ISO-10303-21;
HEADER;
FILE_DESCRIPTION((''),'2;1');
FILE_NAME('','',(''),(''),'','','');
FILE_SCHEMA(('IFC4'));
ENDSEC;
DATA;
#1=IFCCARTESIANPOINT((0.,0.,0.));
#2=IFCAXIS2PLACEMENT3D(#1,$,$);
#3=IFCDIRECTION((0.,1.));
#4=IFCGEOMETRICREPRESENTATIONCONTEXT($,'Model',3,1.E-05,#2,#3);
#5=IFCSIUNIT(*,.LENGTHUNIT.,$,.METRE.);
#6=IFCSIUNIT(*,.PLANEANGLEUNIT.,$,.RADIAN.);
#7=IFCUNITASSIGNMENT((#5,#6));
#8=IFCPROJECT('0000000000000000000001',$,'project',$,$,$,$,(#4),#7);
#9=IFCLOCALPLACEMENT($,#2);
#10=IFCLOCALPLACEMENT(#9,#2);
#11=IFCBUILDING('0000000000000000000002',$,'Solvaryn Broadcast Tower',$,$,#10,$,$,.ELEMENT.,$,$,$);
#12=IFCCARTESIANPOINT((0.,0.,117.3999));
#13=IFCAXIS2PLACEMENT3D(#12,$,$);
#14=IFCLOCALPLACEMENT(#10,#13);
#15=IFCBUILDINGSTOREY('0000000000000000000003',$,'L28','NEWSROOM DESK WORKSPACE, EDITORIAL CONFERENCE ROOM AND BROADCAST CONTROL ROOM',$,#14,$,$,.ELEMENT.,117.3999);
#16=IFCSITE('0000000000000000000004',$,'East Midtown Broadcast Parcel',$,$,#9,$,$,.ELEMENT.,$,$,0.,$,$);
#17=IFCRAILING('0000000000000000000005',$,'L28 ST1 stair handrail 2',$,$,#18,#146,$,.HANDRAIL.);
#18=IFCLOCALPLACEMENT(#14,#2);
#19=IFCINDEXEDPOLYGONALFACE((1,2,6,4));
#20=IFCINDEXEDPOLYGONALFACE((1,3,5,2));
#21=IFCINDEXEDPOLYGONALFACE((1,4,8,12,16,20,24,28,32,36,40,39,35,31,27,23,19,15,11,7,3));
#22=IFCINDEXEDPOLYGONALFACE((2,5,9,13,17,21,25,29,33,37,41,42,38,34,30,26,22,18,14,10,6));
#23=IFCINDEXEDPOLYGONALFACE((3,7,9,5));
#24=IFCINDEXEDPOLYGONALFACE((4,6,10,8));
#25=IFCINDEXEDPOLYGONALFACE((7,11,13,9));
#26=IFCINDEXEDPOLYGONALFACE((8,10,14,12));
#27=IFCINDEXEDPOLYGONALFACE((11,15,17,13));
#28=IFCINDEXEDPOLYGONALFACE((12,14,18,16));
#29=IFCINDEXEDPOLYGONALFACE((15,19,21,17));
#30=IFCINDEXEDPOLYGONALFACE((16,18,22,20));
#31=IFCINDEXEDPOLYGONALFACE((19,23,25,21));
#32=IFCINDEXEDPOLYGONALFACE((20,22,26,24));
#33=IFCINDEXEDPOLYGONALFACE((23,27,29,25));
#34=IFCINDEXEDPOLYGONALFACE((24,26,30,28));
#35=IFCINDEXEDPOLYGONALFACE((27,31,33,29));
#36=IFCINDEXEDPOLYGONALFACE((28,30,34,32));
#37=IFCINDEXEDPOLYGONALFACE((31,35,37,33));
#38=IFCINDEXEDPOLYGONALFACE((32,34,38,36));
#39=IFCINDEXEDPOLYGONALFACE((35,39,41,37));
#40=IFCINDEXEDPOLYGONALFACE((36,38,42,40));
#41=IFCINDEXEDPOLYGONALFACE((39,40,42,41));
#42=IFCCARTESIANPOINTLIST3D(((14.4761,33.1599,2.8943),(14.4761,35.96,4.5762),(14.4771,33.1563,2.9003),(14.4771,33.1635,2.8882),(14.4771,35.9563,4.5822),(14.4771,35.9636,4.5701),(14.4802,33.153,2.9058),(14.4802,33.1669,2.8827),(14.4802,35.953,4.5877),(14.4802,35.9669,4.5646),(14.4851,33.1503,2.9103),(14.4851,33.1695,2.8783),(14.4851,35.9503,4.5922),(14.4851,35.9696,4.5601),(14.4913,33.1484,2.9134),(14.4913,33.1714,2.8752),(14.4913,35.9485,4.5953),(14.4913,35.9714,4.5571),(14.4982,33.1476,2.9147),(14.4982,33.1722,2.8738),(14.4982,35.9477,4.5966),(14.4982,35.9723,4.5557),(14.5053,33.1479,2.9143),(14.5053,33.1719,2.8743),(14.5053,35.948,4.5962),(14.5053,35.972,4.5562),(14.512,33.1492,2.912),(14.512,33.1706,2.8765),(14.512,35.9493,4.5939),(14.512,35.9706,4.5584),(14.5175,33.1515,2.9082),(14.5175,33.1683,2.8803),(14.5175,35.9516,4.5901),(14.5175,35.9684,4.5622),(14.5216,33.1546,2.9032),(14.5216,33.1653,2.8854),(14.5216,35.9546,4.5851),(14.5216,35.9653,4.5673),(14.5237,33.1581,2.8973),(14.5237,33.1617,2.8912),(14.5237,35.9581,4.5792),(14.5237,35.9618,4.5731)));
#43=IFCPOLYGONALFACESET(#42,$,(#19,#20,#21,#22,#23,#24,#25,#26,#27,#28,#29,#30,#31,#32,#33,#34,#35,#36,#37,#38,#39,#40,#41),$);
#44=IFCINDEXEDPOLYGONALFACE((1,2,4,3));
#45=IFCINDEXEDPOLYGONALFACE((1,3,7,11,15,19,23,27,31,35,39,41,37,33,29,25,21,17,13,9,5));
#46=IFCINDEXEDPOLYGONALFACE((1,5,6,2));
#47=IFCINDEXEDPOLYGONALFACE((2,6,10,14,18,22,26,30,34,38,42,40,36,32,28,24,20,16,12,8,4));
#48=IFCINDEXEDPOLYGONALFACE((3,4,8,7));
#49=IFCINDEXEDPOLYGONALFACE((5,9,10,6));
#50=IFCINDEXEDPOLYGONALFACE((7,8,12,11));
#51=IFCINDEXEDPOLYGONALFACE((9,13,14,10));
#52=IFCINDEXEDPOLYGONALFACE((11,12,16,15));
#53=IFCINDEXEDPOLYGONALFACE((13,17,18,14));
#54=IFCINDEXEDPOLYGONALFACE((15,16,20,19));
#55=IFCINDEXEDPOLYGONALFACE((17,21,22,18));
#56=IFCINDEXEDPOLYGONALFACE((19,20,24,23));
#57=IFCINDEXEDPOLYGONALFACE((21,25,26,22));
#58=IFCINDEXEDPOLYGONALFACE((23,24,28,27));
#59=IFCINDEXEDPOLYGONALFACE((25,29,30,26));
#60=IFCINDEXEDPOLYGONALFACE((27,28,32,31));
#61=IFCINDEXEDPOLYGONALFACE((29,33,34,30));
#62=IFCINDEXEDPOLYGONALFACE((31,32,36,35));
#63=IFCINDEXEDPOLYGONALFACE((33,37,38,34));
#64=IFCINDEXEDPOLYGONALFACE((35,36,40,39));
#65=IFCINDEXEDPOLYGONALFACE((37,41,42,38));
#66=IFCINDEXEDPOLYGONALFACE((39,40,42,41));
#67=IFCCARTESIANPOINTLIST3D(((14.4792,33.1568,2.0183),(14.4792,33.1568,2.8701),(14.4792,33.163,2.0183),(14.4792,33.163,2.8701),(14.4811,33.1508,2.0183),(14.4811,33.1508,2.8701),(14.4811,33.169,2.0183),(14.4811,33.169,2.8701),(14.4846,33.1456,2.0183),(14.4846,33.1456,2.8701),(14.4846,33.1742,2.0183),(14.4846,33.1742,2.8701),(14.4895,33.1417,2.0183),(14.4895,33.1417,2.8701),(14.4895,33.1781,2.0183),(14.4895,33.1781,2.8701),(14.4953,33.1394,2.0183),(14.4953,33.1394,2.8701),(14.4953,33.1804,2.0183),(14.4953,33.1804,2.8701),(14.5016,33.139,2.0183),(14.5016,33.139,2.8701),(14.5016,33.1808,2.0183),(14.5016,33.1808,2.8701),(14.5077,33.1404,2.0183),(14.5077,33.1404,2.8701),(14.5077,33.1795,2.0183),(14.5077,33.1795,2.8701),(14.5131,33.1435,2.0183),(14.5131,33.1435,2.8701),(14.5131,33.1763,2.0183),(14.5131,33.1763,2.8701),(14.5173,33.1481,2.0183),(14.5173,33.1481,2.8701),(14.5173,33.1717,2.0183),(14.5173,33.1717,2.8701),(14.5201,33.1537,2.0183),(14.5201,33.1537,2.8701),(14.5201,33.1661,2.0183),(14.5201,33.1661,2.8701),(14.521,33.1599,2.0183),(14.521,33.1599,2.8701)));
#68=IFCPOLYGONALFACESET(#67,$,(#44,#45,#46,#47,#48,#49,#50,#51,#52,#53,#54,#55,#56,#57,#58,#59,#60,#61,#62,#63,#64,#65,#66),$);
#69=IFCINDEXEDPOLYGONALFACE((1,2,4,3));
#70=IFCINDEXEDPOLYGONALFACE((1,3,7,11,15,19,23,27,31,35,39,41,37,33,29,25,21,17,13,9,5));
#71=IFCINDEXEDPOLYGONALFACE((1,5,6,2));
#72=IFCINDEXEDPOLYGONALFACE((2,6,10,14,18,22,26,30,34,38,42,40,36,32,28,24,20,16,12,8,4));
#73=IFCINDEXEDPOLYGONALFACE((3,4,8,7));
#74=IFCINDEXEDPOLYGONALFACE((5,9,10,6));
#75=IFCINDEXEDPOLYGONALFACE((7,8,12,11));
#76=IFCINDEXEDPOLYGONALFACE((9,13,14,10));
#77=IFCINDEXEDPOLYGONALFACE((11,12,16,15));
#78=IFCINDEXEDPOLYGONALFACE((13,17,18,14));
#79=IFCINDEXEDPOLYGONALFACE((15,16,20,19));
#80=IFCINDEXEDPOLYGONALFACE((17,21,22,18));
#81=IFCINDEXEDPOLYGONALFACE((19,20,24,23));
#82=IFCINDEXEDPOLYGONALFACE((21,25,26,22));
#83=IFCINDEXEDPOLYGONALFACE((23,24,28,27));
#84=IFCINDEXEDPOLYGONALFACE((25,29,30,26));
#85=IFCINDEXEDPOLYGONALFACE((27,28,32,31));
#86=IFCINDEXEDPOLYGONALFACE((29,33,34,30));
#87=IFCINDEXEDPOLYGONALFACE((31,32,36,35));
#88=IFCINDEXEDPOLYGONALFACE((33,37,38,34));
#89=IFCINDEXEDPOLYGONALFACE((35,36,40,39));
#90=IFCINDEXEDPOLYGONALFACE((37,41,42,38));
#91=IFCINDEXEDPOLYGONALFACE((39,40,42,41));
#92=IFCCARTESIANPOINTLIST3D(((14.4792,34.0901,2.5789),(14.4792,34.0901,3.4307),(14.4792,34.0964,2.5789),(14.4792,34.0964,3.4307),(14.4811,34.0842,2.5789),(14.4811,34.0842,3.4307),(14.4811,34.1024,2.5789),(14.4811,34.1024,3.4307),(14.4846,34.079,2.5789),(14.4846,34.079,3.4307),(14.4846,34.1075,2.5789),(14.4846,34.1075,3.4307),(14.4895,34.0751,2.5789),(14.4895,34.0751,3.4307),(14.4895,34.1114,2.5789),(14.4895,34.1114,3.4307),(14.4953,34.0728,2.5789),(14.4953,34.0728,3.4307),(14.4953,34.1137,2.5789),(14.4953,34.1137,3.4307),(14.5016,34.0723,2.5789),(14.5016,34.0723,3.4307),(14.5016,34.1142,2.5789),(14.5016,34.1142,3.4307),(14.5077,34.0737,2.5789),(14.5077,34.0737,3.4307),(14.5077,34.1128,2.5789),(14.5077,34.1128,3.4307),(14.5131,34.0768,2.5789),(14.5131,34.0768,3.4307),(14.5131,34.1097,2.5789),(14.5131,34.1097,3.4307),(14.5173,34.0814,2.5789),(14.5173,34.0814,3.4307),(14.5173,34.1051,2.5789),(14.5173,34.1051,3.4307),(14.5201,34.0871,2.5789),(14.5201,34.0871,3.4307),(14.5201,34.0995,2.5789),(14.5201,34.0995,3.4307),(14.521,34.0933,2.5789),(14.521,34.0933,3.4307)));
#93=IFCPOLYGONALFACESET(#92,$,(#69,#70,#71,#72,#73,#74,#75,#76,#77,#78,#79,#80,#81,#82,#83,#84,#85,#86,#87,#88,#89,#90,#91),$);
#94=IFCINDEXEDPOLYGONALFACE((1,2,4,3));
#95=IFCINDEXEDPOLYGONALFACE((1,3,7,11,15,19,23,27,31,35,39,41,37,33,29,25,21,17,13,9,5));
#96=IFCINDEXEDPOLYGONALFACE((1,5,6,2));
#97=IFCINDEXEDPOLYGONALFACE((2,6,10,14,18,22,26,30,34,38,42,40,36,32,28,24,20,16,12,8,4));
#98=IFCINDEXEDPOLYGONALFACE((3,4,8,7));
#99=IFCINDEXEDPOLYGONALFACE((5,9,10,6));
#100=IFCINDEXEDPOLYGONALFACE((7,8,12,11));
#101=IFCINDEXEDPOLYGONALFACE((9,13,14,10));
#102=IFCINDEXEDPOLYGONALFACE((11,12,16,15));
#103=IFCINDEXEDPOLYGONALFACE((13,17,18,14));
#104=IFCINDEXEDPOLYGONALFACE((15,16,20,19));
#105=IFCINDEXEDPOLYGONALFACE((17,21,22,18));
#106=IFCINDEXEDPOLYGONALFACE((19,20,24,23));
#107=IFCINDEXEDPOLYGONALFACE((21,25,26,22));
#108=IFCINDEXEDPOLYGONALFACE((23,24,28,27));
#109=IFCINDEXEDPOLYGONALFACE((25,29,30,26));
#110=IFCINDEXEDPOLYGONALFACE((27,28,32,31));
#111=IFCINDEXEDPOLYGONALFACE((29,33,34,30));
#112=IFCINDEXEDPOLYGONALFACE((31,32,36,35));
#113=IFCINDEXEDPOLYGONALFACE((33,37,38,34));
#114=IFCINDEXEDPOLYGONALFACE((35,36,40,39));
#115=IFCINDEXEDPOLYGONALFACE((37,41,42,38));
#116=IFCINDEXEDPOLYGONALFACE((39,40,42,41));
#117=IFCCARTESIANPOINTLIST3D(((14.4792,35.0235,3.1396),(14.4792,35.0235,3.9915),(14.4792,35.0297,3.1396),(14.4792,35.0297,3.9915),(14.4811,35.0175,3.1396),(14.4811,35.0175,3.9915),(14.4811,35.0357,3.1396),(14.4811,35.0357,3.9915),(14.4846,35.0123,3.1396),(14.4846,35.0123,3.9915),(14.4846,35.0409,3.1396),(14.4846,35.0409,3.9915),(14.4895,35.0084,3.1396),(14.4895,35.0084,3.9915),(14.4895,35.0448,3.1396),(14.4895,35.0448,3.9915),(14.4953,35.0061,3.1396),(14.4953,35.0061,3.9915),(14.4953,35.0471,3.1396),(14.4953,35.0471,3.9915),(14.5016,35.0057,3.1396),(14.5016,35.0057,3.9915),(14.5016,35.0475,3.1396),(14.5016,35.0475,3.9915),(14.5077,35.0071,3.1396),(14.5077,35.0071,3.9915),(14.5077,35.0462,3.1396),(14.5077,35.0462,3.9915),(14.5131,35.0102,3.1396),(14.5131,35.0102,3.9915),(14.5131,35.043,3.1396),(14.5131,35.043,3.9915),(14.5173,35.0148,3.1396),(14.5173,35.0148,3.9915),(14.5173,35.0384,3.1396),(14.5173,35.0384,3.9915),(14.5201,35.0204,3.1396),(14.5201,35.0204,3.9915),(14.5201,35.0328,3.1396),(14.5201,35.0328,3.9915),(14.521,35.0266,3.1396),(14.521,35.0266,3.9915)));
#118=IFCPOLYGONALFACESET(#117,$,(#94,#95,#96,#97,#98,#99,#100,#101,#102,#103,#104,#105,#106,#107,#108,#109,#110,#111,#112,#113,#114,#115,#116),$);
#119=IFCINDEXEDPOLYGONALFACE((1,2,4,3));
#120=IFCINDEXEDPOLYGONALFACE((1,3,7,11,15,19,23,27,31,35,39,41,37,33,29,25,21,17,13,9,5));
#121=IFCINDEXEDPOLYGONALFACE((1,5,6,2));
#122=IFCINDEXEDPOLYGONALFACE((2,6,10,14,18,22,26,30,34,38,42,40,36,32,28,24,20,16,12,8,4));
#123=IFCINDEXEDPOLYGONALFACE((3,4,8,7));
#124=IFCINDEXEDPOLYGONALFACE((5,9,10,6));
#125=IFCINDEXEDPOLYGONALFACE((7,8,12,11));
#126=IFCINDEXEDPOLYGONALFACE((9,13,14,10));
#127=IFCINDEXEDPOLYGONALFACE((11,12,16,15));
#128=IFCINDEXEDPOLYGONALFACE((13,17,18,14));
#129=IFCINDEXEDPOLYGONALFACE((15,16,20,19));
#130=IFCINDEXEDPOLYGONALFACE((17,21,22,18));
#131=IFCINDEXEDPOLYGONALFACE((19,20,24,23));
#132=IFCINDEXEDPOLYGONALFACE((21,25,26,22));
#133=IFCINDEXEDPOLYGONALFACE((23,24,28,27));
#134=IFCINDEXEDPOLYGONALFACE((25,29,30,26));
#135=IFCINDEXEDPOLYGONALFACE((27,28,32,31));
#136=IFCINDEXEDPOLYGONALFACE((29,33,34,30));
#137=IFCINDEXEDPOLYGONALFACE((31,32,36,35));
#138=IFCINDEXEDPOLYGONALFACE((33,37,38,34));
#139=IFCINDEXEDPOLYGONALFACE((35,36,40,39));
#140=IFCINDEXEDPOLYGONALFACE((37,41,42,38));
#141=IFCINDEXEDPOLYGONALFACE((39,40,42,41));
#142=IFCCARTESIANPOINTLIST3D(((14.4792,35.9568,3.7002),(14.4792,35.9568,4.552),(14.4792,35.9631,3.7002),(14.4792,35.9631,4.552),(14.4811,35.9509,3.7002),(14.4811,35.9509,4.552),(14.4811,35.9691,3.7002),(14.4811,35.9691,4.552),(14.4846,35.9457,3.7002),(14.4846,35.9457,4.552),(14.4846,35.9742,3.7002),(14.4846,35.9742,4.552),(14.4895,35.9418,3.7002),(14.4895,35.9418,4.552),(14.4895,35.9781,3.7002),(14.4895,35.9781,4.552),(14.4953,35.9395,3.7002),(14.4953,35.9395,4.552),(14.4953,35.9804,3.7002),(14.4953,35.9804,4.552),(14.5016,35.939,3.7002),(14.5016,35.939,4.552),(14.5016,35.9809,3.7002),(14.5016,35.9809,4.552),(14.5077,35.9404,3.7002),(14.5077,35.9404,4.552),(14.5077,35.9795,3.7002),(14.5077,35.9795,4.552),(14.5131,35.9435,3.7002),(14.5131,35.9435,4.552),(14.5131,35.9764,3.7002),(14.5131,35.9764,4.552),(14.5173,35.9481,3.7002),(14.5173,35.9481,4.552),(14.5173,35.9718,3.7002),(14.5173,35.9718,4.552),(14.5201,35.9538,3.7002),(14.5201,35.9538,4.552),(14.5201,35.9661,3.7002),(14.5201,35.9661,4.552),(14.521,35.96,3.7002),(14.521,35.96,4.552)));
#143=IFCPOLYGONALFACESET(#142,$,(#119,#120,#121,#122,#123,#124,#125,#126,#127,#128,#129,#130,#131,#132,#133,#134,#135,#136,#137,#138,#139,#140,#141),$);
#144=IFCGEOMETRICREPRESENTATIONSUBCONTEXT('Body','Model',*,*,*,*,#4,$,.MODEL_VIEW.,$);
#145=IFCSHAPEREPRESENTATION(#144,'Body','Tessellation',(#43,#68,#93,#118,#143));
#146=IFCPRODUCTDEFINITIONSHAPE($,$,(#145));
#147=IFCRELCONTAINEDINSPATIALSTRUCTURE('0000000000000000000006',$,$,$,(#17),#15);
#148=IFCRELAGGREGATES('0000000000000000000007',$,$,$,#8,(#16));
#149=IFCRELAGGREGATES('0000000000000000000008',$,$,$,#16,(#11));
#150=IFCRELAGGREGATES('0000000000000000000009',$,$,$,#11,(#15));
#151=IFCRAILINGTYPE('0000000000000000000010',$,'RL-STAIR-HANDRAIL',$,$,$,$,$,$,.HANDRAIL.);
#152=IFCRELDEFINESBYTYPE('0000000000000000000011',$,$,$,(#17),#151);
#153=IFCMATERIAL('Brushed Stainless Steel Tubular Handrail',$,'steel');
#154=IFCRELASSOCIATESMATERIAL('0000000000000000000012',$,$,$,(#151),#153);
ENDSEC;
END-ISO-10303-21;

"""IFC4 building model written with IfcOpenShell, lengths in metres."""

from ifc_helpers import new_model, si_unit, direction, frame, origin, origin_2d, place, context, subcontext, project, spatial, circle, extrude, material, type_object, element, save


model = new_model("IFC4")

# Units and contexts
model_context = context("Model", 3, precision=1e-05, world=origin(), true_north=direction((0.0, 1.0)))
body_context = subcontext(model_context, "Body", "Model", "MODEL_VIEW")
ifc_project = project(units=[si_unit("LENGTHUNIT", "METRE"), si_unit("PLANEANGLEUNIT", "RADIAN")], contexts=[model_context])

# Site, building, storey
site_placement = place(None, origin())
site = spatial("IfcSite", under=ifc_project, at=site_placement, Name="East Midtown Broadcast Parcel", CompositionType="ELEMENT", RefElevation=0.0)
building_placement = place(site_placement, origin())
building = spatial("IfcBuilding", under=site, at=building_placement, Name="Solvaryn Broadcast Tower", CompositionType="ELEMENT")
storey_placement = place(building_placement, frame((0.0, 0.0, 117.3999)))
storey = spatial("IfcBuildingStorey", under=building, at=storey_placement, Name="L28", Description="NEWSROOM DESK WORKSPACE, EDITORIAL CONFERENCE ROOM AND BROADCAST CONTROL ROOM", CompositionType="ELEMENT", Elevation=117.3999)

# Railing
ifc_material_1 = material(Name="Brushed Stainless Steel Tubular Handrail", Category="steel")
railing_type_1 = type_object("IfcRailingType", Name="RL-STAIR-HANDRAIL", PredefinedType="HANDRAIL", material=ifc_material_1)
railing_1_placement = place(storey_placement, frame((14.5, 33.1599, 2.0183)))
element("IfcRailing", 1, at=railing_1_placement, inside=storey, type_object=railing_type_1, Name="L28 ST1 stair handrail 2", PredefinedType="HANDRAIL", context=body_context, shape_type="SweptSolid", body=[
    extrude(circle(Radius=0.0239, at=origin_2d()), frame((0.0, 0.0, 0.876), z_axis=(0.0, 0.857242, 0.514913), x_axis=(-1.0, 0.0, 0.0)), (0.0, 0.0, 1.0), 3.2664),
    extrude(circle(Radius=0.021, at=origin_2d()), origin(), (0.0, 0.0, 1.0), 0.8518),
    extrude(circle(Radius=0.021, at=origin_2d()), frame((0.0, 0.9333, 0.5605)), (0.0, 0.0, 1.0), 0.8518),
    extrude(circle(Radius=0.021, at=origin_2d()), frame((0.0, 1.8667, 1.1213)), (0.0, 0.0, 1.0), 0.8518),
    extrude(circle(Radius=0.021, at=origin_2d()), frame((0.0, 2.8, 1.6819)), (0.0, 0.0, 1.0), 0.8518),
])

save(model, "model.ifc")
